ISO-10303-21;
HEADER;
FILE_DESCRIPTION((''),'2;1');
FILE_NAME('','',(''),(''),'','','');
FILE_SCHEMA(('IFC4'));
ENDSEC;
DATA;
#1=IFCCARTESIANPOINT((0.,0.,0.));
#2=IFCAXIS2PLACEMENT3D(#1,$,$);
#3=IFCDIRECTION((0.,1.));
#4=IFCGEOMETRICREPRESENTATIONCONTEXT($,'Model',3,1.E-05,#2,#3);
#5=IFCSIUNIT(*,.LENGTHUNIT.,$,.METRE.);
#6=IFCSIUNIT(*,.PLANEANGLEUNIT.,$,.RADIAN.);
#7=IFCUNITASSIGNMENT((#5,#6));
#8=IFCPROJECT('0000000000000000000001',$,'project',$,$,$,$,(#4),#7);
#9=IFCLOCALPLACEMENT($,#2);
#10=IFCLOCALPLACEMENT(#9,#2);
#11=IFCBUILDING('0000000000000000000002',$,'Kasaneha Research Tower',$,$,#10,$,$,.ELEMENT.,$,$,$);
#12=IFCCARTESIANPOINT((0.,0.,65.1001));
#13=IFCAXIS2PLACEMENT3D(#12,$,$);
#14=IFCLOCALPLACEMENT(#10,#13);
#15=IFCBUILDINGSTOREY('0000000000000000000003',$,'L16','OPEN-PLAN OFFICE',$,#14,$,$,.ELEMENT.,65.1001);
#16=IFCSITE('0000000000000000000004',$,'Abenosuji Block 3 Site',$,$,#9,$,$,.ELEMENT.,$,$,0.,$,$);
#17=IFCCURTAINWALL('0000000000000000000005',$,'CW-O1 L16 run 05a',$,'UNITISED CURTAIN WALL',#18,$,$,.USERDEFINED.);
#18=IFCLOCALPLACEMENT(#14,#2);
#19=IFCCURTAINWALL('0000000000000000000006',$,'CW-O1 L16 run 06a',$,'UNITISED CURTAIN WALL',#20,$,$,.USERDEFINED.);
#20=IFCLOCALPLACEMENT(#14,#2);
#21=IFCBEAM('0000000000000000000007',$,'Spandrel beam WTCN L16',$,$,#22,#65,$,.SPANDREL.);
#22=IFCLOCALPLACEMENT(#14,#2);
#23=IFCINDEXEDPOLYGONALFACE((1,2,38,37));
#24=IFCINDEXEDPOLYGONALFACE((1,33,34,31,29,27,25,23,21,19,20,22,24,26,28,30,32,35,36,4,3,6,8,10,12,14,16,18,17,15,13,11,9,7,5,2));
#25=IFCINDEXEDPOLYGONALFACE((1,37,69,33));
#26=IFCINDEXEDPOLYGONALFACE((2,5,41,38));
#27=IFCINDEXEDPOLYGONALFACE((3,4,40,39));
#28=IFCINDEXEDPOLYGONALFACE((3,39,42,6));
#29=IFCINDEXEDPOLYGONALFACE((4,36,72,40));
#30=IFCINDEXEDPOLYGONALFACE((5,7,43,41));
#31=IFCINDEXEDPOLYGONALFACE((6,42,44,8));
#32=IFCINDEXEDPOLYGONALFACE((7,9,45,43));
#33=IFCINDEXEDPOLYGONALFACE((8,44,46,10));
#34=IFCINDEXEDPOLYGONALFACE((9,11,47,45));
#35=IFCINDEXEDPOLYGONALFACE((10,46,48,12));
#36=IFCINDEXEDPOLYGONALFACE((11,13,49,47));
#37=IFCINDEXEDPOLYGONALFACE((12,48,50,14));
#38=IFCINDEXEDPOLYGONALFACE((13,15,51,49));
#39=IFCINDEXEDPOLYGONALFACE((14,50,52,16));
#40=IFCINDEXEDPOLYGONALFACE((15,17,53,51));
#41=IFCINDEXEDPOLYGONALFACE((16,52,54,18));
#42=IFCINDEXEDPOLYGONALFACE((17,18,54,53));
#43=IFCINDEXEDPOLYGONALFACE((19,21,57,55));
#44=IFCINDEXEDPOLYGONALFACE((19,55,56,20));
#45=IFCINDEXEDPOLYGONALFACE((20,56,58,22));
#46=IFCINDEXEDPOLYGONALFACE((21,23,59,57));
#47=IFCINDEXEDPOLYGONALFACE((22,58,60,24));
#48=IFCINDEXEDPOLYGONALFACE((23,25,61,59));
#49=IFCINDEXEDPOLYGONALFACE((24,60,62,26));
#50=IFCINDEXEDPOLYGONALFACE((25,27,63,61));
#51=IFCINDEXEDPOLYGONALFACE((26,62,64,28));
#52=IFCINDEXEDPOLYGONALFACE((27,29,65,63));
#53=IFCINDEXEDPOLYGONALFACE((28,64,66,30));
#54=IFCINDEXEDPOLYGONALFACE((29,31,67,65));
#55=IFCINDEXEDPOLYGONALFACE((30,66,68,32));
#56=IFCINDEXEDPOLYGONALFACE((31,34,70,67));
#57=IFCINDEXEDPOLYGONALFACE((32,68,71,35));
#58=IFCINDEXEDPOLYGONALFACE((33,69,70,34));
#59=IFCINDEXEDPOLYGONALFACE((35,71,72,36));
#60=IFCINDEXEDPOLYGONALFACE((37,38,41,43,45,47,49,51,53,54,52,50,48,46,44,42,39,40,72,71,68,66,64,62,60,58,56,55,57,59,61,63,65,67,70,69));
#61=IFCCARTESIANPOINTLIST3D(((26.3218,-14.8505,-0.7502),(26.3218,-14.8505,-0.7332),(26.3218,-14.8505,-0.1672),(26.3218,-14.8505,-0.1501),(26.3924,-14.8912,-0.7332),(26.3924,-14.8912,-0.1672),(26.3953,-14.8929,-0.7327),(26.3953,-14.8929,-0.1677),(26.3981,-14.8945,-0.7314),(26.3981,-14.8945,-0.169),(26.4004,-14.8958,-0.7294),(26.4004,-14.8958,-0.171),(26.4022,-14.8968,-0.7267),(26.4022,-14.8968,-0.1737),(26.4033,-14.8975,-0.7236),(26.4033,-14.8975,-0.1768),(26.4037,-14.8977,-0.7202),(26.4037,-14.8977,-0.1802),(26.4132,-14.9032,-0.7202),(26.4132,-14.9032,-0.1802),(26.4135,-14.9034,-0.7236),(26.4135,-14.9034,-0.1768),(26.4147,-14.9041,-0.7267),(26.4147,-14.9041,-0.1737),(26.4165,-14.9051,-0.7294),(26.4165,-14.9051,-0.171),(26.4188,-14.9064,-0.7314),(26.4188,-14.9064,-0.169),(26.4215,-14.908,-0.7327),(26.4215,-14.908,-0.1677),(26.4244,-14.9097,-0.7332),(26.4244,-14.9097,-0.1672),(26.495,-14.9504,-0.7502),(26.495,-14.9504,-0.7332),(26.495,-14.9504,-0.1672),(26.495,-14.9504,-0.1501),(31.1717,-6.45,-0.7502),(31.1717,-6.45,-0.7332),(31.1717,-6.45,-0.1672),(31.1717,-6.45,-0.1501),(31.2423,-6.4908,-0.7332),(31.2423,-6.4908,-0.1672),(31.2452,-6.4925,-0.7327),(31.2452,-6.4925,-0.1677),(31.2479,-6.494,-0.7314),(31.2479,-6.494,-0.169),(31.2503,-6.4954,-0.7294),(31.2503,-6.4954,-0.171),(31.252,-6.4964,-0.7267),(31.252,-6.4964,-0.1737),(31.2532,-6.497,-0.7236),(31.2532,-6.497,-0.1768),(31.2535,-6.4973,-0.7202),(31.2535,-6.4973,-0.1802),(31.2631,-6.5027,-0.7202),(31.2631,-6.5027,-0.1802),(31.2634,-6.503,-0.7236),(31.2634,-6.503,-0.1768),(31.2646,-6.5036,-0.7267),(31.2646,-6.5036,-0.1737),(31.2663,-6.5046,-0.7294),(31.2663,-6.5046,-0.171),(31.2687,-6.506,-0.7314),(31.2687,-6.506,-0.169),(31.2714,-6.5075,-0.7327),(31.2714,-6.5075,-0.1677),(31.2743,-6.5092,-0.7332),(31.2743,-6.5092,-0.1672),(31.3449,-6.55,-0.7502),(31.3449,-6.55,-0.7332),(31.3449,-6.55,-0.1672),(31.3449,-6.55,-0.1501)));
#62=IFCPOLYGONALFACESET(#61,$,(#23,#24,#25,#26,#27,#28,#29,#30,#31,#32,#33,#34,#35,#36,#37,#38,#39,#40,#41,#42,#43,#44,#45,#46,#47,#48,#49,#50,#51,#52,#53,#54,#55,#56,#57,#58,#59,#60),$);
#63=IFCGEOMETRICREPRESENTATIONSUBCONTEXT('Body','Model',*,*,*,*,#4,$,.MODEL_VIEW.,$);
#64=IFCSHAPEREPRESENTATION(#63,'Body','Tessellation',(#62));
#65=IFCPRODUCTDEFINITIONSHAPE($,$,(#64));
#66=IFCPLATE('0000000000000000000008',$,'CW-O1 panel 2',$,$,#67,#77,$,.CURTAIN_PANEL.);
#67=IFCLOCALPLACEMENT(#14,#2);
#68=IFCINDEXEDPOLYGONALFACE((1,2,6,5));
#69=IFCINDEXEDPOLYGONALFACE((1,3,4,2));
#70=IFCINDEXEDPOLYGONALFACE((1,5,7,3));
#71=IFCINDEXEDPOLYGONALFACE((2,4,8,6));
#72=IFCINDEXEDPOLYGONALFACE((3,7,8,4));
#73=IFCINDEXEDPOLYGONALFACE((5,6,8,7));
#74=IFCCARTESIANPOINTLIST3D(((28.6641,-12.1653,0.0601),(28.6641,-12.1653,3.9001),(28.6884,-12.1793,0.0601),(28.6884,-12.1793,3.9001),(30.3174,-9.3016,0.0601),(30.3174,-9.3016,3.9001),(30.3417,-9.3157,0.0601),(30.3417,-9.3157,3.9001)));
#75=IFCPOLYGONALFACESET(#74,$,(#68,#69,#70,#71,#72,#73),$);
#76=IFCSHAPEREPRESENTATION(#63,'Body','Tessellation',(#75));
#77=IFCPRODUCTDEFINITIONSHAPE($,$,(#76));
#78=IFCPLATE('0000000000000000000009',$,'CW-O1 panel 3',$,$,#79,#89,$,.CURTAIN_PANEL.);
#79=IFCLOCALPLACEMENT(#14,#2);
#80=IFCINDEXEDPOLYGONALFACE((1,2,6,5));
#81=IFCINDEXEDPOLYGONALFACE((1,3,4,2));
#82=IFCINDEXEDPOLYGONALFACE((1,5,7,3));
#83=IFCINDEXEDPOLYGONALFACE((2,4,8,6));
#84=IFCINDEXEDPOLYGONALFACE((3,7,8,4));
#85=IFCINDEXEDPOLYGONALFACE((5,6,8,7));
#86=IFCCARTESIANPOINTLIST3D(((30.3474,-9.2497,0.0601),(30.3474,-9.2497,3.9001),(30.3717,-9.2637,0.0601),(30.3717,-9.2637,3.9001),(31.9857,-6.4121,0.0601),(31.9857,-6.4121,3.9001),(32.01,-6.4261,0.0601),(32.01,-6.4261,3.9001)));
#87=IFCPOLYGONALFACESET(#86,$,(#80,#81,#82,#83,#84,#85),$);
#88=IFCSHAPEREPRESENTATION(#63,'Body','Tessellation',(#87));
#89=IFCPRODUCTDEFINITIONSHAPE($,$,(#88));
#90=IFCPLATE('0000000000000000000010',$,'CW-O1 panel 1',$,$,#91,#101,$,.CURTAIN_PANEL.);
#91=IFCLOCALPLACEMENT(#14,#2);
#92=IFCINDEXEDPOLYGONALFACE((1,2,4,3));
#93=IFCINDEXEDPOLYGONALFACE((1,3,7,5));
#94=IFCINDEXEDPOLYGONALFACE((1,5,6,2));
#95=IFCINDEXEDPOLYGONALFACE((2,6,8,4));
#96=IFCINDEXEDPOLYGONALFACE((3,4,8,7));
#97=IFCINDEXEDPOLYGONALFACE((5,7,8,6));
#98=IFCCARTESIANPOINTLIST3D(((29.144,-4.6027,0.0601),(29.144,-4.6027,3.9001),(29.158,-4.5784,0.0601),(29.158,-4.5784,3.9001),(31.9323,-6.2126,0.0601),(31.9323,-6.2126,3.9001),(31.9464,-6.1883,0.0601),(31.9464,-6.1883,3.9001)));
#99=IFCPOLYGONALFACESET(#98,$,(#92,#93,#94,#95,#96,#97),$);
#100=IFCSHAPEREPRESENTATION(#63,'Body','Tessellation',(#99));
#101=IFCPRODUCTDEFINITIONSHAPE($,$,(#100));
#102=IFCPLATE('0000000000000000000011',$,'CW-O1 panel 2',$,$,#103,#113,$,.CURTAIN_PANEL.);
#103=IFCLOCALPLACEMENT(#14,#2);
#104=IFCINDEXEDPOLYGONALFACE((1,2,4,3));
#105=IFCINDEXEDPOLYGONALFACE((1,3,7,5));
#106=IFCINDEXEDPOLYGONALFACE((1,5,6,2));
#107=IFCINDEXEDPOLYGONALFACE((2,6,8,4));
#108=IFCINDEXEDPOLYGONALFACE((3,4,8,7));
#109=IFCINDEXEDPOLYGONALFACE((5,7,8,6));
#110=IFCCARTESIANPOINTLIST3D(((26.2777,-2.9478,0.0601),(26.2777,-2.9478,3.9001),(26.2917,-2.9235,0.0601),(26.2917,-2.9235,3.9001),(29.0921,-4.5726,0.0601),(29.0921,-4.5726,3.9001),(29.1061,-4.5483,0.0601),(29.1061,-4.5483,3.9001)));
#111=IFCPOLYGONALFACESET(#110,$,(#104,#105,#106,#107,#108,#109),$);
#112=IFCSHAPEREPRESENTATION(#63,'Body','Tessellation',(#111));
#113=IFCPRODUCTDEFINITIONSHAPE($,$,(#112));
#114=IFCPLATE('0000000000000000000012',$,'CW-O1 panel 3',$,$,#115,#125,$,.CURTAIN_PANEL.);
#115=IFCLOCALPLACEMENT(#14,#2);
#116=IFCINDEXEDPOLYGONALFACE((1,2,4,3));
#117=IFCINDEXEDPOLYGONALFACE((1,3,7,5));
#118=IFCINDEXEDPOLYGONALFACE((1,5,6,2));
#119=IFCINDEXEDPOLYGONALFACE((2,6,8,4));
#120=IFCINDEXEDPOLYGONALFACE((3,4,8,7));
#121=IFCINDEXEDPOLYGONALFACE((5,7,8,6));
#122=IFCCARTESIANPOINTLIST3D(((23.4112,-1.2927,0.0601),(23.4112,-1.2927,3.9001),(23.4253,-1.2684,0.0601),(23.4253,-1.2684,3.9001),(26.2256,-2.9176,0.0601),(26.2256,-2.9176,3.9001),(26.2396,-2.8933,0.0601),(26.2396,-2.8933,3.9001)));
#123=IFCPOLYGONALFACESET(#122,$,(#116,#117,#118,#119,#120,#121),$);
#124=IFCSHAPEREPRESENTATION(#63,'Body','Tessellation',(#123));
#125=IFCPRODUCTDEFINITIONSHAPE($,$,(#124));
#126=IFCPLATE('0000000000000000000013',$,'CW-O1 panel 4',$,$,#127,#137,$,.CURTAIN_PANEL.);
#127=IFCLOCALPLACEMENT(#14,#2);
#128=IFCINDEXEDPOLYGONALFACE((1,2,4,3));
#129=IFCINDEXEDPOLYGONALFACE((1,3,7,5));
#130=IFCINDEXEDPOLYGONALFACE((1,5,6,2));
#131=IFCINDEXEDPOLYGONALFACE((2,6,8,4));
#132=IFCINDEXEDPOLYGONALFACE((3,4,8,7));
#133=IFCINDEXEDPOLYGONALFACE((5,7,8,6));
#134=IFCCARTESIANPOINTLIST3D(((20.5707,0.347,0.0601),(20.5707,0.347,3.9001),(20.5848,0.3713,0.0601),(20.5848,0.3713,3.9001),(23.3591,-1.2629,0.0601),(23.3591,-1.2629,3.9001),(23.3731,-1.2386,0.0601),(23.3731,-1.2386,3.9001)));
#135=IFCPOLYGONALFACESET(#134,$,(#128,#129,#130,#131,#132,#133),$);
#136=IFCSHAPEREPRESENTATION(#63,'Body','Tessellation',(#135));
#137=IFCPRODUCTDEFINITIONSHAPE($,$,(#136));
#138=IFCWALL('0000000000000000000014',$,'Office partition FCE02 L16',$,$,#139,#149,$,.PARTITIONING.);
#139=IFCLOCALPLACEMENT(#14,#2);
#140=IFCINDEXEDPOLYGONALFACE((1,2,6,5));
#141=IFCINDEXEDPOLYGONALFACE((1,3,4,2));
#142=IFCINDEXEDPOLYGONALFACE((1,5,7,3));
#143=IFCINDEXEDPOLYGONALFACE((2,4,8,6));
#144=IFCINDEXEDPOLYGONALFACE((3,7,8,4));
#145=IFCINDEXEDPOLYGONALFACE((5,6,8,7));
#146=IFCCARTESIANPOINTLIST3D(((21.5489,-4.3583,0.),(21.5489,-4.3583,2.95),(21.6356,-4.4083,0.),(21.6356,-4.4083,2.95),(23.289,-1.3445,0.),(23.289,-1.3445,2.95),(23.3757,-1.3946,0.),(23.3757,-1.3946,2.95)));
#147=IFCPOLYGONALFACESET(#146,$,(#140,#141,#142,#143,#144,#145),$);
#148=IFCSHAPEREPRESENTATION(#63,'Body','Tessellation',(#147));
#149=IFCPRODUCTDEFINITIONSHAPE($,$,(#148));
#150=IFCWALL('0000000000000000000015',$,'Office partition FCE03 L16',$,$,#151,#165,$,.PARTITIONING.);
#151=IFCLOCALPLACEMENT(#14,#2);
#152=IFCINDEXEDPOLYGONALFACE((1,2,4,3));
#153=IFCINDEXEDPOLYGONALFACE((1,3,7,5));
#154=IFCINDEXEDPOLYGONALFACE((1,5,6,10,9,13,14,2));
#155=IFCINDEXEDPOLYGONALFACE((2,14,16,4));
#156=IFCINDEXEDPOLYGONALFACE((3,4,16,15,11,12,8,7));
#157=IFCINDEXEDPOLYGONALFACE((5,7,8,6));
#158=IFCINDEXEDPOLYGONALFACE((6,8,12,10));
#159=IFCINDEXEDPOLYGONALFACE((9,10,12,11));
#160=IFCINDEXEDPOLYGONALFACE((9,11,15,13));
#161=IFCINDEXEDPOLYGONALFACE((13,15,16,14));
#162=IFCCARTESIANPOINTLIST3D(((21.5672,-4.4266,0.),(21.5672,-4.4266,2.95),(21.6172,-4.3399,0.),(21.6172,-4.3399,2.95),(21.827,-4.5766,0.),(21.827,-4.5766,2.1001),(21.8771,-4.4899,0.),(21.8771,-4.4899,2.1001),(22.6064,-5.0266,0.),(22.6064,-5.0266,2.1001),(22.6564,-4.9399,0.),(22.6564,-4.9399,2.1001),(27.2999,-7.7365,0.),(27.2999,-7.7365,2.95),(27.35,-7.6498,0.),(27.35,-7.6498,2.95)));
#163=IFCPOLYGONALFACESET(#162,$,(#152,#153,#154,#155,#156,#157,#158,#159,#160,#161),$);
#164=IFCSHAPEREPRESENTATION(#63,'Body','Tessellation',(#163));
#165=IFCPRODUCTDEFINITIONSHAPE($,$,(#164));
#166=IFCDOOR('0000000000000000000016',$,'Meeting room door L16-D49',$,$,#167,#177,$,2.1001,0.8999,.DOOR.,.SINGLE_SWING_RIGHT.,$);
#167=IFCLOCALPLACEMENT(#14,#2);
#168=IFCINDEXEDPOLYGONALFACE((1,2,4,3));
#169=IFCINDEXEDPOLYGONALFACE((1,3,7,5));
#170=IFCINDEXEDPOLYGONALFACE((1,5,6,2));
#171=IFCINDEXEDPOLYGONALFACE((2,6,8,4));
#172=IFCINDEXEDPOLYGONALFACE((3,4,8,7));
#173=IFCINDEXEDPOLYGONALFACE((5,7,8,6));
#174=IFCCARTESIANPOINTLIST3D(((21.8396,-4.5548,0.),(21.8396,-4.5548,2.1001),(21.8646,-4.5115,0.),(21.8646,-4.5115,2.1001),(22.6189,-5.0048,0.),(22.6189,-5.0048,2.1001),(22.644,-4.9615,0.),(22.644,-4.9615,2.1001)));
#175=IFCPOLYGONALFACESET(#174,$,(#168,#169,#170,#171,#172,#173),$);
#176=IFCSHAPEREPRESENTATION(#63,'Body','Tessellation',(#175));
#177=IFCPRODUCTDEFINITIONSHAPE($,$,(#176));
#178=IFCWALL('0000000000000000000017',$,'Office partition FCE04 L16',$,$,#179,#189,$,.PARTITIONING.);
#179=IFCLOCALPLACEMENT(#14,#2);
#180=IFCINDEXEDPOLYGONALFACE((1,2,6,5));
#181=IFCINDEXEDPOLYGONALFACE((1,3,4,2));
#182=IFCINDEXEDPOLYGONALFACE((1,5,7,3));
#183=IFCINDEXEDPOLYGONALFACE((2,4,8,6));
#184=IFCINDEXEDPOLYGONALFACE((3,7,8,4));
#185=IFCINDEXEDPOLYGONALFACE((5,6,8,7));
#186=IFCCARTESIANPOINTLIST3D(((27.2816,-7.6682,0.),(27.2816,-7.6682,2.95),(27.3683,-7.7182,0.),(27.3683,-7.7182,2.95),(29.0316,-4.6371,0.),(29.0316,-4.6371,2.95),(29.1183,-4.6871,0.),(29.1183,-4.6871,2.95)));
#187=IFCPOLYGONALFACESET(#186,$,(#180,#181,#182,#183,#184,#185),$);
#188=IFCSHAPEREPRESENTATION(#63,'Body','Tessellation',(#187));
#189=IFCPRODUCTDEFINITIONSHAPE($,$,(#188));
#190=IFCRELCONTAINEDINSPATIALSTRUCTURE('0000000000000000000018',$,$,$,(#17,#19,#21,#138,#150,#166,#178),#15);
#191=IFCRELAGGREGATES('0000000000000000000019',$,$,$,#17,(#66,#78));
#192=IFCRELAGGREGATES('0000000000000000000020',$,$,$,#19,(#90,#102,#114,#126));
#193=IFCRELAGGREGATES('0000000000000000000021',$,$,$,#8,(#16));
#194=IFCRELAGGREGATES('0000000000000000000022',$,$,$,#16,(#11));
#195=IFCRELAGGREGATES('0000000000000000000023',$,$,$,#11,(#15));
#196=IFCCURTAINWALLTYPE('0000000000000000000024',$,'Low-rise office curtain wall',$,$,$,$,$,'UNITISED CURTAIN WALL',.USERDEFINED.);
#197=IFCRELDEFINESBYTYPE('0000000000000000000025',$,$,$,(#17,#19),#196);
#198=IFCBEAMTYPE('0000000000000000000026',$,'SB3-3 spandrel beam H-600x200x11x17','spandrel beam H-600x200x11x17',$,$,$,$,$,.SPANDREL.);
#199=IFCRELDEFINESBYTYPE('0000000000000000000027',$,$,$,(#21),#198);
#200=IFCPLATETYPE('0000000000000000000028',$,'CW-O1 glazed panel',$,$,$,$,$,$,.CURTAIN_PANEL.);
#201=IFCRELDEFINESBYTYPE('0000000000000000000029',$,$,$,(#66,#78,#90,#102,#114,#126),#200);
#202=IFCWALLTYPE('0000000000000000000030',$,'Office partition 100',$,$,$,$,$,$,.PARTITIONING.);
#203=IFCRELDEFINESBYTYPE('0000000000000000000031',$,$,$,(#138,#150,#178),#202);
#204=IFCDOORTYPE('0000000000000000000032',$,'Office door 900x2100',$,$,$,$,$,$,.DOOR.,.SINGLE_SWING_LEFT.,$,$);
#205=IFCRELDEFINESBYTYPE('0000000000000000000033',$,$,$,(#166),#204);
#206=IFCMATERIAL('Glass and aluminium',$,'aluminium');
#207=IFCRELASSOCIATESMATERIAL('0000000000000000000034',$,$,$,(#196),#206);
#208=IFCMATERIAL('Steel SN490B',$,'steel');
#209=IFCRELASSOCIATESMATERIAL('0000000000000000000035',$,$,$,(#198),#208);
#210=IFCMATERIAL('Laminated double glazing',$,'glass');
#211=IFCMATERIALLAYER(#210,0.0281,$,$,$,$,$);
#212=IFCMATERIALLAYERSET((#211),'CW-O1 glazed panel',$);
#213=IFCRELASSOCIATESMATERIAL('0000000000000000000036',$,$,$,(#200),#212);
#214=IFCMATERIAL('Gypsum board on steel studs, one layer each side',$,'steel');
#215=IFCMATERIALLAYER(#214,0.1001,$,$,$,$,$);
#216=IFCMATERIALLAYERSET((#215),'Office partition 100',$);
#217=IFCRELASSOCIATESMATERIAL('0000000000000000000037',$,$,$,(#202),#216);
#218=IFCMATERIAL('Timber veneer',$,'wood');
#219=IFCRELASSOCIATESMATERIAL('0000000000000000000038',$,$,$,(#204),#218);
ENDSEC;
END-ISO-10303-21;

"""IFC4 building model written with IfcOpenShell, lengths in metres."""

from ifc_helpers import new_model, si_unit, direction, frame, frame_2d, origin, origin_2d, place, context, subcontext, project, spatial, rectangle, i_section, extrude, material, layer, layer_set, material_profile, profile_set, type_object, element, fill, aggregate, save


model = new_model("IFC4")

# Units and contexts
model_context = context("Model", 3, precision=1e-05, world=origin(), true_north=direction((0.0, 1.0)))
body_context = subcontext(model_context, "Body", "Model", "MODEL_VIEW")
ifc_project = project(units=[si_unit("LENGTHUNIT", "METRE"), si_unit("PLANEANGLEUNIT", "RADIAN")], contexts=[model_context])

# Site, building, storey
site_placement = place(None, origin())
site = spatial("IfcSite", under=ifc_project, at=site_placement, Name="Abenosuji Block 3 Site", CompositionType="ELEMENT", RefElevation=0.0)
building_placement = place(site_placement, origin())
building = spatial("IfcBuilding", under=site, at=building_placement, Name="Kasaneha Research Tower", CompositionType="ELEMENT")
storey_placement = place(building_placement, frame((0.0, 0.0, 65.1001)))
storey = spatial("IfcBuildingStorey", under=building, at=storey_placement, Name="L16", Description="OPEN-PLAN OFFICE", CompositionType="ELEMENT", Elevation=65.1001)

# Curtain walls
ifc_material_1 = material(Name="Glass and aluminium", Category="aluminium")
curtain_wall_type = type_object("IfcCurtainWallType", Name="Low-rise office curtain wall", ElementType="UNITISED CURTAIN WALL", PredefinedType="USERDEFINED", material=ifc_material_1)
curtain_wall_1_placement = place(storey_placement, origin())
curtain_wall_1 = element("IfcCurtainWall", 1, at=curtain_wall_1_placement, inside=storey, type_object=curtain_wall_type, Name="CW-O1 L16 run 05a", ObjectType="UNITISED CURTAIN WALL", PredefinedType="USERDEFINED")
curtain_wall_2_placement = place(storey_placement, origin())
curtain_wall_2 = element("IfcCurtainWall", 2, at=curtain_wall_2_placement, inside=storey, type_object=curtain_wall_type, Name="CW-O1 L16 run 06a", ObjectType="UNITISED CURTAIN WALL", PredefinedType="USERDEFINED")

# Beam
ifc_material_2 = material(Name="Steel SN490B", Category="steel")
ifc_material_profile_1 = material_profile(ifc_material_2, i_section(OverallWidth=0.2, OverallDepth=0.6001, WebThickness=0.011, FlangeThickness=0.0171, FilletRadius=0.0129, at=origin_2d()), Name="H-600x200x11x17")
ifc_profile_set_1 = profile_set([ifc_material_profile_1], Name="Steel SN490B")
beam_type_1 = type_object("IfcBeamType", Name="SB3-3 spandrel beam H-600x200x11x17", Description="spandrel beam H-600x200x11x17", PredefinedType="SPANDREL", material=ifc_profile_set_1)
beam_1_placement = place(storey_placement, frame((31.2583, -6.5, -0.4502), z_axis=(-0.499991, -0.866031, 0.0), x_axis=(0.866031, -0.499991, 0.0)))
element("IfcBeam", 3, at=beam_1_placement, inside=storey, type_object=beam_type_1, Name="Spandrel beam WTCN L16", PredefinedType="SPANDREL", context=body_context, shape_type="SweptSolid", body=[
    extrude(i_section(OverallWidth=0.2, OverallDepth=0.6001, WebThickness=0.011, FlangeThickness=0.0171, FilletRadius=0.0129, at=origin_2d()), origin(), (0.0, 0.0, 1.0), 9.7),
])

# Plates
ifc_material_3 = material(Name="Laminated double glazing", Category="glass")
ifc_layer_1 = layer(ifc_material_3, 0.0281)
ifc_layer_set_1 = layer_set([ifc_layer_1], Name="CW-O1 glazed panel")
plate_type = type_object("IfcPlateType", Name="CW-O1 glazed panel", PredefinedType="CURTAIN_PANEL", material=ifc_layer_set_1)
plate_1_placement = place(storey_placement, frame((29.5029, -10.7405, 0.0601), z_axis=(0.0, 0.0, 1.0), x_axis=(0.5, 0.866025, 0.0)))
plate_1 = element("IfcPlate", 4, at=plate_1_placement, type_object=plate_type, Name="CW-O1 panel 2", PredefinedType="CURTAIN_PANEL", context=body_context, shape_type="SweptSolid", body=[
    extrude(rectangle(XDim=3.3066, YDim=0.0281, at=origin_2d()), origin(), (0.0, 0.0, 1.0), 3.8401),
])
plate_2_placement = place(storey_placement, frame((31.1787, -7.8379, 0.0601), z_axis=(0.0, 0.0, 1.0), x_axis=(0.5, 0.866025, 0.0)))
plate_2 = element("IfcPlate", 5, at=plate_2_placement, type_object=plate_type, Name="CW-O1 panel 3", PredefinedType="CURTAIN_PANEL", context=body_context, shape_type="SweptSolid", body=[
    extrude(rectangle(XDim=3.2766, YDim=0.0281, at=origin_2d()), origin(), (0.0, 0.0, 1.0), 3.8401),
])
aggregate(curtain_wall_1, [plate_1, plate_2])
plate_3_placement = place(storey_placement, frame((30.5452, -5.3955, 0.0601), z_axis=(0.0, 0.0, 1.0), x_axis=(-0.866025, 0.5, 0.0)))
plate_3 = element("IfcPlate", 6, at=plate_3_placement, type_object=plate_type, Name="CW-O1 panel 1", PredefinedType="CURTAIN_PANEL", context=body_context, shape_type="SweptSolid", body=[
    extrude(rectangle(XDim=3.2197, YDim=0.0281, at=origin_2d()), origin(), (0.0, 0.0, 1.0), 3.8401),
])
plate_4_placement = place(storey_placement, frame((27.6919, -3.748, 0.0601), z_axis=(0.0, 0.0, 1.0), x_axis=(-0.866025, 0.5, 0.0)))
plate_4 = element("IfcPlate", 7, at=plate_4_placement, type_object=plate_type, Name="CW-O1 panel 2", PredefinedType="CURTAIN_PANEL", context=body_context, shape_type="SweptSolid", body=[
    extrude(rectangle(XDim=3.2498, YDim=0.0281, at=origin_2d()), origin(), (0.0, 0.0, 1.0), 3.8401),
])
plate_5_placement = place(storey_placement, frame((24.8254, -2.093, 0.0601), z_axis=(0.0, 0.0, 1.0), x_axis=(-0.866025, 0.5, 0.0)))
plate_5 = element("IfcPlate", 8, at=plate_5_placement, type_object=plate_type, Name="CW-O1 panel 3", PredefinedType="CURTAIN_PANEL", context=body_context, shape_type="SweptSolid", body=[
    extrude(rectangle(XDim=3.2498, YDim=0.0281, at=origin_2d()), origin(), (0.0, 0.0, 1.0), 3.8401),
])
plate_6_placement = place(storey_placement, frame((21.9719, -0.4458, 0.0601), z_axis=(0.0, 0.0, 1.0), x_axis=(-0.866025, 0.5, 0.0)))
plate_6 = element("IfcPlate", 9, at=plate_6_placement, type_object=plate_type, Name="CW-O1 panel 4", PredefinedType="CURTAIN_PANEL", context=body_context, shape_type="SweptSolid", body=[
    extrude(rectangle(XDim=3.2197, YDim=0.0281, at=origin_2d()), origin(), (0.0, 0.0, 1.0), 3.8401),
])
aggregate(curtain_wall_2, [plate_3, plate_4, plate_5, plate_6])

# Wall
ifc_material_4 = material(Name="Gypsum board on steel studs, one layer each side", Category="steel")
ifc_layer_2 = layer(ifc_material_4, 0.1001)
ifc_layer_set_2 = layer_set([ifc_layer_2], Name="Office partition 100")
wall_type_1 = type_object("IfcWallType", Name="Office partition 100", PredefinedType="PARTITIONING", material=ifc_layer_set_2)
wall_1_placement = place(storey_placement, frame((21.5923, -4.3833, 0.0), z_axis=(0.0, 0.0, 1.0), x_axis=(0.50001, 0.86602, 0.0)))
element("IfcWall", 10, at=wall_1_placement, inside=storey, type_object=wall_type_1, Name="Office partition FCE02 L16", PredefinedType="PARTITIONING", context=body_context, shape_type="SweptSolid", body=[
    extrude(rectangle(XDim=3.48, YDim=0.1001, at=frame_2d((1.74, 0.0))), origin(), (0.0, 0.0, 1.0), 2.95),
])

# Wall, opening, door
wall_2_placement = place(storey_placement, frame((27.325, -7.6931, 0.0), z_axis=(0.0, 0.0, 1.0), x_axis=(-0.866022, 0.500007, 0.0)))
wall_2 = element("IfcWall", 11, at=wall_2_placement, inside=storey, type_object=wall_type_1, Name="Office partition FCE03 L16", PredefinedType="PARTITIONING", context=body_context, shape_type="SweptSolid", body=[
    extrude(rectangle(XDim=6.6196, YDim=0.1001, at=frame_2d((3.3098, 0.0))), origin(), (0.0, 0.0, 1.0), 2.95),
])
opening_placement = place(wall_2_placement, frame((5.4197, 0.0, 0.0)))
opening = element("IfcOpeningElement", 12, at=opening_placement, cuts=wall_2, PredefinedType="OPENING", context=body_context, shape_type="SweptSolid", body=[
    extrude(rectangle(XDim=0.8999, YDim=2.1001, at=frame_2d((0.45, 1.05))), frame((0.0, 0.0601, 0.0), z_axis=(0.0, -1.0, 0.0), x_axis=(1.0, 0.0, 0.0)), (0.0, 0.0, 1.0), 0.1201),
])
ifc_material_5 = material(Name="Timber veneer", Category="wood")
door_type = type_object("IfcDoorType", Name="Office door 900x2100", OperationType="SINGLE_SWING_LEFT", PredefinedType="DOOR", material=ifc_material_5)
door_placement = place(opening_placement, origin())
door = element("IfcDoor", 13, at=door_placement, inside=storey, type_object=door_type, Name="Meeting room door L16-D49", OperationType="SINGLE_SWING_RIGHT", OverallHeight=2.1001, OverallWidth=0.8999, PredefinedType="DOOR", context=body_context, shape_type="SweptSolid", body=[
    extrude(rectangle(XDim=0.8999, YDim=2.1001, at=frame_2d((0.45, 1.05))), frame((0.0, 0.0249, 0.0), z_axis=(0.0, -1.0, 0.0), x_axis=(1.0, 0.0, 0.0)), (0.0, 0.0, 1.0), 0.05),
])
fill(opening, door)

# Wall
wall_3_placement = place(storey_placement, frame((29.075, -4.6621, 0.0), z_axis=(0.0, 0.0, 1.0), x_axis=(-0.50001, -0.866019, 0.0)))
element("IfcWall", 14, at=wall_3_placement, inside=storey, type_object=wall_type_1, Name="Office partition FCE04 L16", PredefinedType="PARTITIONING", context=body_context, shape_type="SweptSolid", body=[
    extrude(rectangle(XDim=3.5, YDim=0.1001, at=frame_2d((1.75, 0.0))), origin(), (0.0, 0.0, 1.0), 2.95),
])

save(model, "model.ifc")
